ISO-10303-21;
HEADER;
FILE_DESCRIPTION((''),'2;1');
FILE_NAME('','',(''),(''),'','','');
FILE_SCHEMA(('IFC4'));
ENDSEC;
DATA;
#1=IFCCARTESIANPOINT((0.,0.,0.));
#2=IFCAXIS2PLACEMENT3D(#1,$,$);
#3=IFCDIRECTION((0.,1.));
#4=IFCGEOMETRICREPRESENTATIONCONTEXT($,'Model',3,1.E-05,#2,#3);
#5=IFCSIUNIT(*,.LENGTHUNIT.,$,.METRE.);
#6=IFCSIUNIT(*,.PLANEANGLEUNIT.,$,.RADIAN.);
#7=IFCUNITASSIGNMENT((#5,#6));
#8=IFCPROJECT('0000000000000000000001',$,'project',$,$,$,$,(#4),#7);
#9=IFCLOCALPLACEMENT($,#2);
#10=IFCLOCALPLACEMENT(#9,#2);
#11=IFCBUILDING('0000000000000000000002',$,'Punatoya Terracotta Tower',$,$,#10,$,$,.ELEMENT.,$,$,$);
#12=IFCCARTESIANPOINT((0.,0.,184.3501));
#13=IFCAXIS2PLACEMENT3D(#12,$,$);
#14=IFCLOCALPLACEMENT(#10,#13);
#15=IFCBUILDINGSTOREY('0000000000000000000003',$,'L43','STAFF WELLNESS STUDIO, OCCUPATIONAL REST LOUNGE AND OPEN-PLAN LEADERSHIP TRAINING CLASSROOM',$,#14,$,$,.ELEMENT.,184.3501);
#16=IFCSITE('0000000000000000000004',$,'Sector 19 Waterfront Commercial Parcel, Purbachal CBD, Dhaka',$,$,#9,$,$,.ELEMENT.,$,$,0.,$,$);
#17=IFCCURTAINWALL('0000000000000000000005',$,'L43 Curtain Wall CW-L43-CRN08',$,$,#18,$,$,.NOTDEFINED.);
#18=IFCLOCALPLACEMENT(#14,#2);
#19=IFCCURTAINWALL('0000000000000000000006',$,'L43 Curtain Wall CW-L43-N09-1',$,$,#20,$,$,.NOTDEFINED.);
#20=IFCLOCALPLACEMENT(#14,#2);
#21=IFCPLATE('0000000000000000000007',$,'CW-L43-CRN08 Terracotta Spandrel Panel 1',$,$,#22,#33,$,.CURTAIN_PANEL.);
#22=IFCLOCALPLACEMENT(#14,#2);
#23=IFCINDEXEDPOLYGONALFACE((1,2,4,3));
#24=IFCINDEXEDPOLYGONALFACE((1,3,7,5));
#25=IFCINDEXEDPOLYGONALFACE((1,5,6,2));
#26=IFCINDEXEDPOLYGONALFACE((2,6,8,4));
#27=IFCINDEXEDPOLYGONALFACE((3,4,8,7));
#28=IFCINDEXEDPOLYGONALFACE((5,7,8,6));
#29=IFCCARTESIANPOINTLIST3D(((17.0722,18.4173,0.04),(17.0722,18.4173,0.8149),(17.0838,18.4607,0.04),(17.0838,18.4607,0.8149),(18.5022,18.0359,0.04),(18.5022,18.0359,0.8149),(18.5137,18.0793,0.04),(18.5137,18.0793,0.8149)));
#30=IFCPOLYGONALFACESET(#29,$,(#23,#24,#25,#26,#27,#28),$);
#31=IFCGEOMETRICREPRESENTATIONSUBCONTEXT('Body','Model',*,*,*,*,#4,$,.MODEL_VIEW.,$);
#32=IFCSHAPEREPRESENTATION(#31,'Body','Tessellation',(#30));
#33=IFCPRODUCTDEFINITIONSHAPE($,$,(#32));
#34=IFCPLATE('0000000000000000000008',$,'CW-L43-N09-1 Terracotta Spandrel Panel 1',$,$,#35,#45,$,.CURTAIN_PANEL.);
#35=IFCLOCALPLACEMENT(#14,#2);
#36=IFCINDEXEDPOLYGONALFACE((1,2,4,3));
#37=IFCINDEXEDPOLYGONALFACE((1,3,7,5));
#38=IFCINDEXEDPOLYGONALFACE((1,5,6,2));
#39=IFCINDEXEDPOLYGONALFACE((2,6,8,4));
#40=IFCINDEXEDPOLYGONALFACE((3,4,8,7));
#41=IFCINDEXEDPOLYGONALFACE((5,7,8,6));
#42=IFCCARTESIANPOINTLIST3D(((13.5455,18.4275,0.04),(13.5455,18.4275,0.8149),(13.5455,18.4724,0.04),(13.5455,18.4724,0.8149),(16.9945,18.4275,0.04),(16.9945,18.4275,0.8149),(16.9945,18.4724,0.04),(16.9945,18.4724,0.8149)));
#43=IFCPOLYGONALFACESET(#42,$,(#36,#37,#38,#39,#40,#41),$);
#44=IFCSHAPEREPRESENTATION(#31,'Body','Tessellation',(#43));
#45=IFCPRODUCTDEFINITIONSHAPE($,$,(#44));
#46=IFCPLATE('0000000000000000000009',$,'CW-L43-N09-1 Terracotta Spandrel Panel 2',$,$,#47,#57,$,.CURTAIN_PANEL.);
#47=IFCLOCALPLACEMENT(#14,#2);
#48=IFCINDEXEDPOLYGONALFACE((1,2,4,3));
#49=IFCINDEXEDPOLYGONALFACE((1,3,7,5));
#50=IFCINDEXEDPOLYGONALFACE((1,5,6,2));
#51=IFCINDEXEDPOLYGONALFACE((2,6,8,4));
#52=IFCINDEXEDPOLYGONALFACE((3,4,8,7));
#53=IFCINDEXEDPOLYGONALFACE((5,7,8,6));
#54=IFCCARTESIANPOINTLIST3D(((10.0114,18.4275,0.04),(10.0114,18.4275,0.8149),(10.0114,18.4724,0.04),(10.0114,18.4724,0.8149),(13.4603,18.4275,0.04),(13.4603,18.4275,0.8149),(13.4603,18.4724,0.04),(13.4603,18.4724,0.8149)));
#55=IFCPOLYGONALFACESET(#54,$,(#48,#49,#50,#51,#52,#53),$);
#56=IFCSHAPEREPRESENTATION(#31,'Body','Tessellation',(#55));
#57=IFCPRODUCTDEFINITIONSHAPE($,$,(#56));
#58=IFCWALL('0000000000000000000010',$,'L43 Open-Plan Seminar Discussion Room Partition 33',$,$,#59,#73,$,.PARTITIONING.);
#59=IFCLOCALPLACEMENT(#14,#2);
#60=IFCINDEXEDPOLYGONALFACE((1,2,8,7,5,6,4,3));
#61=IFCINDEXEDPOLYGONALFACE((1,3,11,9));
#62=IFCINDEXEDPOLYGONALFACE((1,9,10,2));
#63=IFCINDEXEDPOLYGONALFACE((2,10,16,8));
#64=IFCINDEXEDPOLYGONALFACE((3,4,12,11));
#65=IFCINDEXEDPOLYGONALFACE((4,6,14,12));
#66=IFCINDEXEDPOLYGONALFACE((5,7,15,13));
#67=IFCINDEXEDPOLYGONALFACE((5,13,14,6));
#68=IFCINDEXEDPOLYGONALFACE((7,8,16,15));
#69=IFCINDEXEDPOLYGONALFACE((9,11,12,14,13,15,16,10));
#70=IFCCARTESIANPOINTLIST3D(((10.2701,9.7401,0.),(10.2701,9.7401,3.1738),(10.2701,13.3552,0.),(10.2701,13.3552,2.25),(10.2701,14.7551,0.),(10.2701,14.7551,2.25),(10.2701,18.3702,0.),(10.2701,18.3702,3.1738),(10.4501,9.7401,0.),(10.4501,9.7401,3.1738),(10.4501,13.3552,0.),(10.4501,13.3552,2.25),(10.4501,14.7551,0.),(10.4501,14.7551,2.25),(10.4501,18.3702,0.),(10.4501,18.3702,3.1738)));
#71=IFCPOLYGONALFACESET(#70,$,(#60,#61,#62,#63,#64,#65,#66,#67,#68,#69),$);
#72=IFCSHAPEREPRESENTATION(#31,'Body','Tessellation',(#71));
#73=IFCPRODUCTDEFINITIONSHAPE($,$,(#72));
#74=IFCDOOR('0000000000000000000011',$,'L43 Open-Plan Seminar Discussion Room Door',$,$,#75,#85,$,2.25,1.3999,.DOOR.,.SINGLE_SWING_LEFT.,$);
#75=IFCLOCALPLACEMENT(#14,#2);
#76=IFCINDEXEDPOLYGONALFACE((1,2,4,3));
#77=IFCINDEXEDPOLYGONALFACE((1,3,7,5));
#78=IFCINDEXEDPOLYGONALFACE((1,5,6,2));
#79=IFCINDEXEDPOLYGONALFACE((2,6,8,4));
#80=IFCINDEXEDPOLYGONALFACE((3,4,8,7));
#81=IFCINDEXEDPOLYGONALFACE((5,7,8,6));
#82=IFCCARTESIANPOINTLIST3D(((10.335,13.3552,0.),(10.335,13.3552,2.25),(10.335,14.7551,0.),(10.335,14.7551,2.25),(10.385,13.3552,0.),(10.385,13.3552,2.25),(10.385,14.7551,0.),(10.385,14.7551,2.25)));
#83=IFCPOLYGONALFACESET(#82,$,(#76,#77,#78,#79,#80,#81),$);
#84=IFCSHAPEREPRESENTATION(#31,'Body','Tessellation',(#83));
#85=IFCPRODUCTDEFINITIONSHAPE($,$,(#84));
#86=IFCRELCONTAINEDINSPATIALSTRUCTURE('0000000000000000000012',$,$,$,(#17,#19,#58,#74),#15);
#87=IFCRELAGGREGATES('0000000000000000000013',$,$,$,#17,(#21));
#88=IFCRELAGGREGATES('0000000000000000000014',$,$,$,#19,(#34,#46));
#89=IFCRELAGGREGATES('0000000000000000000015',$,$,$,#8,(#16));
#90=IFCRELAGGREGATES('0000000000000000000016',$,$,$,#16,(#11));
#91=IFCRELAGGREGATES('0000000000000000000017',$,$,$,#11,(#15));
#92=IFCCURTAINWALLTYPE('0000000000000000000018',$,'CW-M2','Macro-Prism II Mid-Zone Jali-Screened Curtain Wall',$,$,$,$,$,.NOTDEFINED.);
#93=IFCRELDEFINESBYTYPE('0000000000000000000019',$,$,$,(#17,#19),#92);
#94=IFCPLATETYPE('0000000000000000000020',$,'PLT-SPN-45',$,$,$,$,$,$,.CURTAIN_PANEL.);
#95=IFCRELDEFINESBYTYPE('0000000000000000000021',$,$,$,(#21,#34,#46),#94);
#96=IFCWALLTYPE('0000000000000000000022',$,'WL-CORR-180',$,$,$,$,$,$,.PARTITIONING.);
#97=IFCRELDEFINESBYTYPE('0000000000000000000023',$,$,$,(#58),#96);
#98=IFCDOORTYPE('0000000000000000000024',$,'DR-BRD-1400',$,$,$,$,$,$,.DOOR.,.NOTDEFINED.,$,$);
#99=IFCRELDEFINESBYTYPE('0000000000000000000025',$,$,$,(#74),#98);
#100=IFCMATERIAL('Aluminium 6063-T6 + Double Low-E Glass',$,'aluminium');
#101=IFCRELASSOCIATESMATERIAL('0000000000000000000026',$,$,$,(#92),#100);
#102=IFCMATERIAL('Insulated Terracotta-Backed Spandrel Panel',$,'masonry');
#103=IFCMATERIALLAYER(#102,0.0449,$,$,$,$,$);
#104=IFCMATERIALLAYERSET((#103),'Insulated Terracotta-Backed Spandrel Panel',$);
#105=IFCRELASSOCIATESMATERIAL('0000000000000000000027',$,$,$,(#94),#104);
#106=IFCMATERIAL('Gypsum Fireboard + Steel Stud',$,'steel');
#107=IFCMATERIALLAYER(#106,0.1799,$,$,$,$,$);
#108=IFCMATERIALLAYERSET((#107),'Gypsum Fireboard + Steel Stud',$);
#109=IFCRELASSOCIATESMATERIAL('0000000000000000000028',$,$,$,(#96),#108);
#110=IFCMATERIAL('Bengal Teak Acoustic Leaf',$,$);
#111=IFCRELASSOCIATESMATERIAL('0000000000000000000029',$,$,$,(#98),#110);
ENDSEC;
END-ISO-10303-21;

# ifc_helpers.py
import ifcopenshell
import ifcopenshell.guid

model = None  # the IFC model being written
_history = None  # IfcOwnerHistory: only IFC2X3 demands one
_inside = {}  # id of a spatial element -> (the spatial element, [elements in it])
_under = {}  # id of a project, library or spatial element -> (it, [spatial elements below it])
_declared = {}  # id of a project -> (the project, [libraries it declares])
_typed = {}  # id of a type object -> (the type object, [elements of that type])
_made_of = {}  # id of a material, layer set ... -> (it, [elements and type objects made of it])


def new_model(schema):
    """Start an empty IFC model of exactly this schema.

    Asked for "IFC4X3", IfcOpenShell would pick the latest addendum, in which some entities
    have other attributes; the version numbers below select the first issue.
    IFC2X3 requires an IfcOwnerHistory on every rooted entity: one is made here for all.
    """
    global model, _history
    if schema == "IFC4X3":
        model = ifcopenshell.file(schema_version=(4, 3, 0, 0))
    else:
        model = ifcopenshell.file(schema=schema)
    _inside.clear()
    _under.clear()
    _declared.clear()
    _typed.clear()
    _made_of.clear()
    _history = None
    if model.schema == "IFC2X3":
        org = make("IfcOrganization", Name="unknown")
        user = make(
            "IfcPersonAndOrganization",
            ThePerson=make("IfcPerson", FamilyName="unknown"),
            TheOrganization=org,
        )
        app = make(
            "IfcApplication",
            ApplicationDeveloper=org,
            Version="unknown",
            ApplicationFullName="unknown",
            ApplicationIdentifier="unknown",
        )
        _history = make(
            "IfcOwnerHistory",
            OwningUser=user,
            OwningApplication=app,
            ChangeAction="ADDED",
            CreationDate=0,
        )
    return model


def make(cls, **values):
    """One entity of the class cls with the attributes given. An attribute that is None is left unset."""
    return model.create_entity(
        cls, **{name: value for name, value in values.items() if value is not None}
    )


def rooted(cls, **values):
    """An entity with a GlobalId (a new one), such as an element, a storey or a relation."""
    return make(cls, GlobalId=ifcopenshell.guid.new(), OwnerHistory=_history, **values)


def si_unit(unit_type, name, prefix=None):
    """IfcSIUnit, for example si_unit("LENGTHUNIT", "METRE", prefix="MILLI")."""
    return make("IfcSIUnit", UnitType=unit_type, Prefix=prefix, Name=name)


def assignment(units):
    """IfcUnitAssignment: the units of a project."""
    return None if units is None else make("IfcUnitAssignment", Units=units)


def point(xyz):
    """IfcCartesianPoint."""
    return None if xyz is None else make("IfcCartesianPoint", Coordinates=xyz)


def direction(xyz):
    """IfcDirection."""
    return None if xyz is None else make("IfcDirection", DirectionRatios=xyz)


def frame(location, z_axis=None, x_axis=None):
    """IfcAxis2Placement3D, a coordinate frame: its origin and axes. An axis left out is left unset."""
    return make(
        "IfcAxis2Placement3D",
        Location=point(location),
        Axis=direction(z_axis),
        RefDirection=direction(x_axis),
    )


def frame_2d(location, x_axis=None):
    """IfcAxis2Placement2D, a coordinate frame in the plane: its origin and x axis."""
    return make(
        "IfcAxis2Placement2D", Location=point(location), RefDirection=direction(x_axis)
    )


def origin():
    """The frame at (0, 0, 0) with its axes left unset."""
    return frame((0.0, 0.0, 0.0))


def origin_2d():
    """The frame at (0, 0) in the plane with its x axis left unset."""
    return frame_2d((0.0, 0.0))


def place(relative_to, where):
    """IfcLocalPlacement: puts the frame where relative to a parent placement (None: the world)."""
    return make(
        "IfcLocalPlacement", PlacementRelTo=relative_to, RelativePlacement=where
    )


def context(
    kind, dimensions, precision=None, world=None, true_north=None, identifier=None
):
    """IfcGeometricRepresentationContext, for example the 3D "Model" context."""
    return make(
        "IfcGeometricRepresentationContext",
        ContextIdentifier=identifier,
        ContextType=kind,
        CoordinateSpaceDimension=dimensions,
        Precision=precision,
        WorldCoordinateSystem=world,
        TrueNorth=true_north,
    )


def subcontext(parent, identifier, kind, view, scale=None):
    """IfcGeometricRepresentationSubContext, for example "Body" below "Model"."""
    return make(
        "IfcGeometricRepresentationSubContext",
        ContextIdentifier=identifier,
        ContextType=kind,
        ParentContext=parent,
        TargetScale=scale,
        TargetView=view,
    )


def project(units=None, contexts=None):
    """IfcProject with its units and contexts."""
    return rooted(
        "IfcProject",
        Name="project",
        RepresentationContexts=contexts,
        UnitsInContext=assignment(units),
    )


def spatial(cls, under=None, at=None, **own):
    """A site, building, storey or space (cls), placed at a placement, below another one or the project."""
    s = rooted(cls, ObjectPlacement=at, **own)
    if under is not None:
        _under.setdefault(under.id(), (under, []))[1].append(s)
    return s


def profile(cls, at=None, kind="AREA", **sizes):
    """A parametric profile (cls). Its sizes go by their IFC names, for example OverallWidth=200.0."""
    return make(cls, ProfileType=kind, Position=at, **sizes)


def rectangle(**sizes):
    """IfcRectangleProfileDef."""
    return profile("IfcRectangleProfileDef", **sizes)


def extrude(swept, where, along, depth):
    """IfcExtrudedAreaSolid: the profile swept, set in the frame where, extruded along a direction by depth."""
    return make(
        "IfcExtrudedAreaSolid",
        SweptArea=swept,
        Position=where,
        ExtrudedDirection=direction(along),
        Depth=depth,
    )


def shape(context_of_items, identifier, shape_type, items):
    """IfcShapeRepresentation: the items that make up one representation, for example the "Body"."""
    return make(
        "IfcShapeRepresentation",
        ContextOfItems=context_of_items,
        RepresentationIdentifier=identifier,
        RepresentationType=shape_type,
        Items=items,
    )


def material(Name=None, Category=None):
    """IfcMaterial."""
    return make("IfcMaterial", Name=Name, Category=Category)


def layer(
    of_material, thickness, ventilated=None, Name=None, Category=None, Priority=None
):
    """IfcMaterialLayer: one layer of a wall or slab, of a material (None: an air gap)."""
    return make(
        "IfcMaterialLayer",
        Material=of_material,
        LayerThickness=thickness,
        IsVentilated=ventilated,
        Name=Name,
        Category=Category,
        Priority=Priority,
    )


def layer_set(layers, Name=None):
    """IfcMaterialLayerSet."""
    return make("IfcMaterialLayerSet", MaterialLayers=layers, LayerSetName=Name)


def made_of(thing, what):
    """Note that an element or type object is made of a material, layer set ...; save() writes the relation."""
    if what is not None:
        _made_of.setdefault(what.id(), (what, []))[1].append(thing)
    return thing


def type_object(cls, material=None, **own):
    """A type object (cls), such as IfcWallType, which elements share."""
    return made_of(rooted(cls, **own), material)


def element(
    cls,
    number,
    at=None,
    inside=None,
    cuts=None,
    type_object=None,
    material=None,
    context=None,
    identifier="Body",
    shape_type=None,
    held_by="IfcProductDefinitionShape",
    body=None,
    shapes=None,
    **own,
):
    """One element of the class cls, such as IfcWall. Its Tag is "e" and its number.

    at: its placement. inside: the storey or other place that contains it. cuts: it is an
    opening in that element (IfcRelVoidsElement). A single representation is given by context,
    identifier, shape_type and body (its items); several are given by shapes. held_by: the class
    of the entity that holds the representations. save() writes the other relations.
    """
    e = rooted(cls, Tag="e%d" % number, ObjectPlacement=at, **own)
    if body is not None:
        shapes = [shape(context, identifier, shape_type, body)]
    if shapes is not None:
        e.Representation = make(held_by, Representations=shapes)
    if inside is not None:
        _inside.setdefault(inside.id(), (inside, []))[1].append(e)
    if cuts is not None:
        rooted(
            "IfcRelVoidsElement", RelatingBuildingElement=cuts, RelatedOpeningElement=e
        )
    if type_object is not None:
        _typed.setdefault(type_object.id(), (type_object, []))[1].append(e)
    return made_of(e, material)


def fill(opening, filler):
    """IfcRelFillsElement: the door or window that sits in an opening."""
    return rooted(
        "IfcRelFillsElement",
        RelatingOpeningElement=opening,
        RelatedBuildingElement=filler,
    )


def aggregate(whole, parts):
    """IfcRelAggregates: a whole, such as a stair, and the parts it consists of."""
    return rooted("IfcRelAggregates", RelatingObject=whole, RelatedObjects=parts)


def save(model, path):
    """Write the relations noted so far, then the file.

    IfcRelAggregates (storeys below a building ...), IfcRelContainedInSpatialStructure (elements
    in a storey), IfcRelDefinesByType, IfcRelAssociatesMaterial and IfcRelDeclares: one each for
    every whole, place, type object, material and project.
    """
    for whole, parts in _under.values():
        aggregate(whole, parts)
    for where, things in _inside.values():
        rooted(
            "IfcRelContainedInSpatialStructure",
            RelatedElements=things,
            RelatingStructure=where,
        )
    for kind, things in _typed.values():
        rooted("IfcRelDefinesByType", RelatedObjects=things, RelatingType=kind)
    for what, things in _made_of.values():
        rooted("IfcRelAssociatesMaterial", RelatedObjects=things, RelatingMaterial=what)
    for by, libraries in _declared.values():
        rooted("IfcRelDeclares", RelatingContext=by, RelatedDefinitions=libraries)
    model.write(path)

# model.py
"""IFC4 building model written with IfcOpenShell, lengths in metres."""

from ifc_helpers import new_model, si_unit, direction, frame, frame_2d, origin, origin_2d, place, context, subcontext, project, spatial, rectangle, extrude, material, layer, layer_set, type_object, element, fill, aggregate, save


model = new_model("IFC4")

# Units and contexts
model_context = context("Model", 3, precision=1e-05, world=origin(), true_north=direction((0.0, 1.0)))
body_context = subcontext(model_context, "Body", "Model", "MODEL_VIEW")
ifc_project = project(units=[si_unit("LENGTHUNIT", "METRE"), si_unit("PLANEANGLEUNIT", "RADIAN")], contexts=[model_context])

# Site, building, storey
site_placement = place(None, origin())
site = spatial("IfcSite", under=ifc_project, at=site_placement, Name="Sector 19 Waterfront Commercial Parcel, Purbachal CBD, Dhaka", CompositionType="ELEMENT", RefElevation=0.0)
building_placement = place(site_placement, origin())
building = spatial("IfcBuilding", under=site, at=building_placement, Name="Punatoya Terracotta Tower", CompositionType="ELEMENT")
storey_placement = place(building_placement, frame((0.0, 0.0, 184.3501)))
storey = spatial("IfcBuildingStorey", under=building, at=storey_placement, Name="L43", Description="STAFF WELLNESS STUDIO, OCCUPATIONAL REST LOUNGE AND OPEN-PLAN LEADERSHIP TRAINING CLASSROOM", CompositionType="ELEMENT", Elevation=184.3501)

# Shared definitions
ifc_material_1 = material(Name="Aluminium 6063-T6 + Double Low-E Glass", Category="aluminium")
curtain_wall_type = type_object("IfcCurtainWallType", Name="CW-M2", Description="Macro-Prism II Mid-Zone Jali-Screened Curtain Wall", PredefinedType="NOTDEFINED", material=ifc_material_1)

# Curtain walls
curtain_wall_1_placement = place(storey_placement, origin())
curtain_wall_1 = element("IfcCurtainWall", 1, at=curtain_wall_1_placement, inside=storey, type_object=curtain_wall_type, Name="L43 Curtain Wall CW-L43-CRN08", PredefinedType="NOTDEFINED")
curtain_wall_2_placement = place(storey_placement, origin())
curtain_wall_2 = element("IfcCurtainWall", 2, at=curtain_wall_2_placement, inside=storey, type_object=curtain_wall_type, Name="L43 Curtain Wall CW-L43-N09-1", PredefinedType="NOTDEFINED")

# Plates
ifc_material_2 = material(Name="Insulated Terracotta-Backed Spandrel Panel", Category="masonry")
ifc_layer_1 = layer(ifc_material_2, 0.0449)
ifc_layer_set_1 = layer_set([ifc_layer_1], Name="Insulated Terracotta-Backed Spandrel Panel")
plate_type_1 = type_object("IfcPlateType", Name="PLT-SPN-45", PredefinedType="CURTAIN_PANEL", material=ifc_layer_set_1)
plate_1_placement = place(storey_placement, frame((17.793, 18.2483, 0.04), z_axis=(0.0, 0.0, 1.0), x_axis=(-0.966214, 0.257742, 0.0)))
plate_1 = element("IfcPlate", 3, at=plate_1_placement, type_object=plate_type_1, Name="CW-L43-CRN08 Terracotta Spandrel Panel 1", PredefinedType="CURTAIN_PANEL", context=body_context, shape_type="SweptSolid", body=[
    extrude(rectangle(XDim=1.48, YDim=0.0449, at=origin_2d()), origin(), (0.0, 0.0, 1.0), 0.7749),
])
aggregate(curtain_wall_1, [plate_1])
plate_2_placement = place(storey_placement, frame((15.27, 18.45, 0.04), z_axis=(0.0, 0.0, 1.0), x_axis=(-1.0, 0.0, 0.0)))
plate_2 = element("IfcPlate", 4, at=plate_2_placement, type_object=plate_type_1, Name="CW-L43-N09-1 Terracotta Spandrel Panel 1", PredefinedType="CURTAIN_PANEL", context=body_context, shape_type="SweptSolid", body=[
    extrude(rectangle(XDim=3.449, YDim=0.0449, at=origin_2d()), origin(), (0.0, 0.0, 1.0), 0.7749),
])
plate_3_placement = place(storey_placement, frame((11.7358, 18.45, 0.04), z_axis=(0.0, 0.0, 1.0), x_axis=(-1.0, 0.0, 0.0)))
plate_3 = element("IfcPlate", 5, at=plate_3_placement, type_object=plate_type_1, Name="CW-L43-N09-1 Terracotta Spandrel Panel 2", PredefinedType="CURTAIN_PANEL", context=body_context, shape_type="SweptSolid", body=[
    extrude(rectangle(XDim=3.449, YDim=0.0449, at=origin_2d()), origin(), (0.0, 0.0, 1.0), 0.7749),
])
aggregate(curtain_wall_2, [plate_2, plate_3])

# Wall, opening, door
ifc_material_3 = material(Name="Gypsum Fireboard + Steel Stud", Category="steel")
ifc_layer_2 = layer(ifc_material_3, 0.1799)
ifc_layer_set_2 = layer_set([ifc_layer_2], Name="Gypsum Fireboard + Steel Stud")
wall_type = type_object("IfcWallType", Name="WL-CORR-180", PredefinedType="PARTITIONING", material=ifc_layer_set_2)
wall_placement = place(storey_placement, frame((10.3601, 18.3701, 0.0), z_axis=(0.0, 0.0, 1.0), x_axis=(0.0, -1.0, 0.0)))
wall = element("IfcWall", 6, at=wall_placement, inside=storey, type_object=wall_type, Name="L43 Open-Plan Seminar Discussion Room Partition 33", PredefinedType="PARTITIONING", context=body_context, shape_type="SweptSolid", body=[
    extrude(rectangle(XDim=8.6301, YDim=0.1799, at=frame_2d((4.3149, 0.0))), origin(), (0.0, 0.0, 1.0), 3.1738),
])
opening_placement = place(wall_placement, frame((3.615, 0.0, 0.0)))
opening = element("IfcOpeningElement", 7, at=opening_placement, cuts=wall, PredefinedType="OPENING", context=body_context, shape_type="SweptSolid", body=[
    extrude(rectangle(XDim=1.3999, YDim=2.25, at=frame_2d((0.7, 1.125))), frame((0.0, 0.0999, 0.0), z_axis=(0.0, -1.0, 0.0), x_axis=(1.0, 0.0, 0.0)), (0.0, 0.0, 1.0), 0.2),
])
ifc_material_4 = material(Name="Bengal Teak Acoustic Leaf")
door_type = type_object("IfcDoorType", Name="DR-BRD-1400", OperationType="NOTDEFINED", PredefinedType="DOOR", material=ifc_material_4)
door_placement = place(opening_placement, origin())
door = element("IfcDoor", 8, at=door_placement, inside=storey, type_object=door_type, Name="L43 Open-Plan Seminar Discussion Room Door", OperationType="SINGLE_SWING_LEFT", OverallHeight=2.25, OverallWidth=1.3999, PredefinedType="DOOR", context=body_context, shape_type="SweptSolid", body=[
    extrude(rectangle(XDim=1.3999, YDim=2.25, at=frame_2d((0.7, 1.125))), frame((0.0, 0.0249, 0.0), z_axis=(0.0, -1.0, 0.0), x_axis=(1.0, 0.0, 0.0)), (0.0, 0.0, 1.0), 0.05),
])
fill(opening, door)

save(model, "model.ifc")
